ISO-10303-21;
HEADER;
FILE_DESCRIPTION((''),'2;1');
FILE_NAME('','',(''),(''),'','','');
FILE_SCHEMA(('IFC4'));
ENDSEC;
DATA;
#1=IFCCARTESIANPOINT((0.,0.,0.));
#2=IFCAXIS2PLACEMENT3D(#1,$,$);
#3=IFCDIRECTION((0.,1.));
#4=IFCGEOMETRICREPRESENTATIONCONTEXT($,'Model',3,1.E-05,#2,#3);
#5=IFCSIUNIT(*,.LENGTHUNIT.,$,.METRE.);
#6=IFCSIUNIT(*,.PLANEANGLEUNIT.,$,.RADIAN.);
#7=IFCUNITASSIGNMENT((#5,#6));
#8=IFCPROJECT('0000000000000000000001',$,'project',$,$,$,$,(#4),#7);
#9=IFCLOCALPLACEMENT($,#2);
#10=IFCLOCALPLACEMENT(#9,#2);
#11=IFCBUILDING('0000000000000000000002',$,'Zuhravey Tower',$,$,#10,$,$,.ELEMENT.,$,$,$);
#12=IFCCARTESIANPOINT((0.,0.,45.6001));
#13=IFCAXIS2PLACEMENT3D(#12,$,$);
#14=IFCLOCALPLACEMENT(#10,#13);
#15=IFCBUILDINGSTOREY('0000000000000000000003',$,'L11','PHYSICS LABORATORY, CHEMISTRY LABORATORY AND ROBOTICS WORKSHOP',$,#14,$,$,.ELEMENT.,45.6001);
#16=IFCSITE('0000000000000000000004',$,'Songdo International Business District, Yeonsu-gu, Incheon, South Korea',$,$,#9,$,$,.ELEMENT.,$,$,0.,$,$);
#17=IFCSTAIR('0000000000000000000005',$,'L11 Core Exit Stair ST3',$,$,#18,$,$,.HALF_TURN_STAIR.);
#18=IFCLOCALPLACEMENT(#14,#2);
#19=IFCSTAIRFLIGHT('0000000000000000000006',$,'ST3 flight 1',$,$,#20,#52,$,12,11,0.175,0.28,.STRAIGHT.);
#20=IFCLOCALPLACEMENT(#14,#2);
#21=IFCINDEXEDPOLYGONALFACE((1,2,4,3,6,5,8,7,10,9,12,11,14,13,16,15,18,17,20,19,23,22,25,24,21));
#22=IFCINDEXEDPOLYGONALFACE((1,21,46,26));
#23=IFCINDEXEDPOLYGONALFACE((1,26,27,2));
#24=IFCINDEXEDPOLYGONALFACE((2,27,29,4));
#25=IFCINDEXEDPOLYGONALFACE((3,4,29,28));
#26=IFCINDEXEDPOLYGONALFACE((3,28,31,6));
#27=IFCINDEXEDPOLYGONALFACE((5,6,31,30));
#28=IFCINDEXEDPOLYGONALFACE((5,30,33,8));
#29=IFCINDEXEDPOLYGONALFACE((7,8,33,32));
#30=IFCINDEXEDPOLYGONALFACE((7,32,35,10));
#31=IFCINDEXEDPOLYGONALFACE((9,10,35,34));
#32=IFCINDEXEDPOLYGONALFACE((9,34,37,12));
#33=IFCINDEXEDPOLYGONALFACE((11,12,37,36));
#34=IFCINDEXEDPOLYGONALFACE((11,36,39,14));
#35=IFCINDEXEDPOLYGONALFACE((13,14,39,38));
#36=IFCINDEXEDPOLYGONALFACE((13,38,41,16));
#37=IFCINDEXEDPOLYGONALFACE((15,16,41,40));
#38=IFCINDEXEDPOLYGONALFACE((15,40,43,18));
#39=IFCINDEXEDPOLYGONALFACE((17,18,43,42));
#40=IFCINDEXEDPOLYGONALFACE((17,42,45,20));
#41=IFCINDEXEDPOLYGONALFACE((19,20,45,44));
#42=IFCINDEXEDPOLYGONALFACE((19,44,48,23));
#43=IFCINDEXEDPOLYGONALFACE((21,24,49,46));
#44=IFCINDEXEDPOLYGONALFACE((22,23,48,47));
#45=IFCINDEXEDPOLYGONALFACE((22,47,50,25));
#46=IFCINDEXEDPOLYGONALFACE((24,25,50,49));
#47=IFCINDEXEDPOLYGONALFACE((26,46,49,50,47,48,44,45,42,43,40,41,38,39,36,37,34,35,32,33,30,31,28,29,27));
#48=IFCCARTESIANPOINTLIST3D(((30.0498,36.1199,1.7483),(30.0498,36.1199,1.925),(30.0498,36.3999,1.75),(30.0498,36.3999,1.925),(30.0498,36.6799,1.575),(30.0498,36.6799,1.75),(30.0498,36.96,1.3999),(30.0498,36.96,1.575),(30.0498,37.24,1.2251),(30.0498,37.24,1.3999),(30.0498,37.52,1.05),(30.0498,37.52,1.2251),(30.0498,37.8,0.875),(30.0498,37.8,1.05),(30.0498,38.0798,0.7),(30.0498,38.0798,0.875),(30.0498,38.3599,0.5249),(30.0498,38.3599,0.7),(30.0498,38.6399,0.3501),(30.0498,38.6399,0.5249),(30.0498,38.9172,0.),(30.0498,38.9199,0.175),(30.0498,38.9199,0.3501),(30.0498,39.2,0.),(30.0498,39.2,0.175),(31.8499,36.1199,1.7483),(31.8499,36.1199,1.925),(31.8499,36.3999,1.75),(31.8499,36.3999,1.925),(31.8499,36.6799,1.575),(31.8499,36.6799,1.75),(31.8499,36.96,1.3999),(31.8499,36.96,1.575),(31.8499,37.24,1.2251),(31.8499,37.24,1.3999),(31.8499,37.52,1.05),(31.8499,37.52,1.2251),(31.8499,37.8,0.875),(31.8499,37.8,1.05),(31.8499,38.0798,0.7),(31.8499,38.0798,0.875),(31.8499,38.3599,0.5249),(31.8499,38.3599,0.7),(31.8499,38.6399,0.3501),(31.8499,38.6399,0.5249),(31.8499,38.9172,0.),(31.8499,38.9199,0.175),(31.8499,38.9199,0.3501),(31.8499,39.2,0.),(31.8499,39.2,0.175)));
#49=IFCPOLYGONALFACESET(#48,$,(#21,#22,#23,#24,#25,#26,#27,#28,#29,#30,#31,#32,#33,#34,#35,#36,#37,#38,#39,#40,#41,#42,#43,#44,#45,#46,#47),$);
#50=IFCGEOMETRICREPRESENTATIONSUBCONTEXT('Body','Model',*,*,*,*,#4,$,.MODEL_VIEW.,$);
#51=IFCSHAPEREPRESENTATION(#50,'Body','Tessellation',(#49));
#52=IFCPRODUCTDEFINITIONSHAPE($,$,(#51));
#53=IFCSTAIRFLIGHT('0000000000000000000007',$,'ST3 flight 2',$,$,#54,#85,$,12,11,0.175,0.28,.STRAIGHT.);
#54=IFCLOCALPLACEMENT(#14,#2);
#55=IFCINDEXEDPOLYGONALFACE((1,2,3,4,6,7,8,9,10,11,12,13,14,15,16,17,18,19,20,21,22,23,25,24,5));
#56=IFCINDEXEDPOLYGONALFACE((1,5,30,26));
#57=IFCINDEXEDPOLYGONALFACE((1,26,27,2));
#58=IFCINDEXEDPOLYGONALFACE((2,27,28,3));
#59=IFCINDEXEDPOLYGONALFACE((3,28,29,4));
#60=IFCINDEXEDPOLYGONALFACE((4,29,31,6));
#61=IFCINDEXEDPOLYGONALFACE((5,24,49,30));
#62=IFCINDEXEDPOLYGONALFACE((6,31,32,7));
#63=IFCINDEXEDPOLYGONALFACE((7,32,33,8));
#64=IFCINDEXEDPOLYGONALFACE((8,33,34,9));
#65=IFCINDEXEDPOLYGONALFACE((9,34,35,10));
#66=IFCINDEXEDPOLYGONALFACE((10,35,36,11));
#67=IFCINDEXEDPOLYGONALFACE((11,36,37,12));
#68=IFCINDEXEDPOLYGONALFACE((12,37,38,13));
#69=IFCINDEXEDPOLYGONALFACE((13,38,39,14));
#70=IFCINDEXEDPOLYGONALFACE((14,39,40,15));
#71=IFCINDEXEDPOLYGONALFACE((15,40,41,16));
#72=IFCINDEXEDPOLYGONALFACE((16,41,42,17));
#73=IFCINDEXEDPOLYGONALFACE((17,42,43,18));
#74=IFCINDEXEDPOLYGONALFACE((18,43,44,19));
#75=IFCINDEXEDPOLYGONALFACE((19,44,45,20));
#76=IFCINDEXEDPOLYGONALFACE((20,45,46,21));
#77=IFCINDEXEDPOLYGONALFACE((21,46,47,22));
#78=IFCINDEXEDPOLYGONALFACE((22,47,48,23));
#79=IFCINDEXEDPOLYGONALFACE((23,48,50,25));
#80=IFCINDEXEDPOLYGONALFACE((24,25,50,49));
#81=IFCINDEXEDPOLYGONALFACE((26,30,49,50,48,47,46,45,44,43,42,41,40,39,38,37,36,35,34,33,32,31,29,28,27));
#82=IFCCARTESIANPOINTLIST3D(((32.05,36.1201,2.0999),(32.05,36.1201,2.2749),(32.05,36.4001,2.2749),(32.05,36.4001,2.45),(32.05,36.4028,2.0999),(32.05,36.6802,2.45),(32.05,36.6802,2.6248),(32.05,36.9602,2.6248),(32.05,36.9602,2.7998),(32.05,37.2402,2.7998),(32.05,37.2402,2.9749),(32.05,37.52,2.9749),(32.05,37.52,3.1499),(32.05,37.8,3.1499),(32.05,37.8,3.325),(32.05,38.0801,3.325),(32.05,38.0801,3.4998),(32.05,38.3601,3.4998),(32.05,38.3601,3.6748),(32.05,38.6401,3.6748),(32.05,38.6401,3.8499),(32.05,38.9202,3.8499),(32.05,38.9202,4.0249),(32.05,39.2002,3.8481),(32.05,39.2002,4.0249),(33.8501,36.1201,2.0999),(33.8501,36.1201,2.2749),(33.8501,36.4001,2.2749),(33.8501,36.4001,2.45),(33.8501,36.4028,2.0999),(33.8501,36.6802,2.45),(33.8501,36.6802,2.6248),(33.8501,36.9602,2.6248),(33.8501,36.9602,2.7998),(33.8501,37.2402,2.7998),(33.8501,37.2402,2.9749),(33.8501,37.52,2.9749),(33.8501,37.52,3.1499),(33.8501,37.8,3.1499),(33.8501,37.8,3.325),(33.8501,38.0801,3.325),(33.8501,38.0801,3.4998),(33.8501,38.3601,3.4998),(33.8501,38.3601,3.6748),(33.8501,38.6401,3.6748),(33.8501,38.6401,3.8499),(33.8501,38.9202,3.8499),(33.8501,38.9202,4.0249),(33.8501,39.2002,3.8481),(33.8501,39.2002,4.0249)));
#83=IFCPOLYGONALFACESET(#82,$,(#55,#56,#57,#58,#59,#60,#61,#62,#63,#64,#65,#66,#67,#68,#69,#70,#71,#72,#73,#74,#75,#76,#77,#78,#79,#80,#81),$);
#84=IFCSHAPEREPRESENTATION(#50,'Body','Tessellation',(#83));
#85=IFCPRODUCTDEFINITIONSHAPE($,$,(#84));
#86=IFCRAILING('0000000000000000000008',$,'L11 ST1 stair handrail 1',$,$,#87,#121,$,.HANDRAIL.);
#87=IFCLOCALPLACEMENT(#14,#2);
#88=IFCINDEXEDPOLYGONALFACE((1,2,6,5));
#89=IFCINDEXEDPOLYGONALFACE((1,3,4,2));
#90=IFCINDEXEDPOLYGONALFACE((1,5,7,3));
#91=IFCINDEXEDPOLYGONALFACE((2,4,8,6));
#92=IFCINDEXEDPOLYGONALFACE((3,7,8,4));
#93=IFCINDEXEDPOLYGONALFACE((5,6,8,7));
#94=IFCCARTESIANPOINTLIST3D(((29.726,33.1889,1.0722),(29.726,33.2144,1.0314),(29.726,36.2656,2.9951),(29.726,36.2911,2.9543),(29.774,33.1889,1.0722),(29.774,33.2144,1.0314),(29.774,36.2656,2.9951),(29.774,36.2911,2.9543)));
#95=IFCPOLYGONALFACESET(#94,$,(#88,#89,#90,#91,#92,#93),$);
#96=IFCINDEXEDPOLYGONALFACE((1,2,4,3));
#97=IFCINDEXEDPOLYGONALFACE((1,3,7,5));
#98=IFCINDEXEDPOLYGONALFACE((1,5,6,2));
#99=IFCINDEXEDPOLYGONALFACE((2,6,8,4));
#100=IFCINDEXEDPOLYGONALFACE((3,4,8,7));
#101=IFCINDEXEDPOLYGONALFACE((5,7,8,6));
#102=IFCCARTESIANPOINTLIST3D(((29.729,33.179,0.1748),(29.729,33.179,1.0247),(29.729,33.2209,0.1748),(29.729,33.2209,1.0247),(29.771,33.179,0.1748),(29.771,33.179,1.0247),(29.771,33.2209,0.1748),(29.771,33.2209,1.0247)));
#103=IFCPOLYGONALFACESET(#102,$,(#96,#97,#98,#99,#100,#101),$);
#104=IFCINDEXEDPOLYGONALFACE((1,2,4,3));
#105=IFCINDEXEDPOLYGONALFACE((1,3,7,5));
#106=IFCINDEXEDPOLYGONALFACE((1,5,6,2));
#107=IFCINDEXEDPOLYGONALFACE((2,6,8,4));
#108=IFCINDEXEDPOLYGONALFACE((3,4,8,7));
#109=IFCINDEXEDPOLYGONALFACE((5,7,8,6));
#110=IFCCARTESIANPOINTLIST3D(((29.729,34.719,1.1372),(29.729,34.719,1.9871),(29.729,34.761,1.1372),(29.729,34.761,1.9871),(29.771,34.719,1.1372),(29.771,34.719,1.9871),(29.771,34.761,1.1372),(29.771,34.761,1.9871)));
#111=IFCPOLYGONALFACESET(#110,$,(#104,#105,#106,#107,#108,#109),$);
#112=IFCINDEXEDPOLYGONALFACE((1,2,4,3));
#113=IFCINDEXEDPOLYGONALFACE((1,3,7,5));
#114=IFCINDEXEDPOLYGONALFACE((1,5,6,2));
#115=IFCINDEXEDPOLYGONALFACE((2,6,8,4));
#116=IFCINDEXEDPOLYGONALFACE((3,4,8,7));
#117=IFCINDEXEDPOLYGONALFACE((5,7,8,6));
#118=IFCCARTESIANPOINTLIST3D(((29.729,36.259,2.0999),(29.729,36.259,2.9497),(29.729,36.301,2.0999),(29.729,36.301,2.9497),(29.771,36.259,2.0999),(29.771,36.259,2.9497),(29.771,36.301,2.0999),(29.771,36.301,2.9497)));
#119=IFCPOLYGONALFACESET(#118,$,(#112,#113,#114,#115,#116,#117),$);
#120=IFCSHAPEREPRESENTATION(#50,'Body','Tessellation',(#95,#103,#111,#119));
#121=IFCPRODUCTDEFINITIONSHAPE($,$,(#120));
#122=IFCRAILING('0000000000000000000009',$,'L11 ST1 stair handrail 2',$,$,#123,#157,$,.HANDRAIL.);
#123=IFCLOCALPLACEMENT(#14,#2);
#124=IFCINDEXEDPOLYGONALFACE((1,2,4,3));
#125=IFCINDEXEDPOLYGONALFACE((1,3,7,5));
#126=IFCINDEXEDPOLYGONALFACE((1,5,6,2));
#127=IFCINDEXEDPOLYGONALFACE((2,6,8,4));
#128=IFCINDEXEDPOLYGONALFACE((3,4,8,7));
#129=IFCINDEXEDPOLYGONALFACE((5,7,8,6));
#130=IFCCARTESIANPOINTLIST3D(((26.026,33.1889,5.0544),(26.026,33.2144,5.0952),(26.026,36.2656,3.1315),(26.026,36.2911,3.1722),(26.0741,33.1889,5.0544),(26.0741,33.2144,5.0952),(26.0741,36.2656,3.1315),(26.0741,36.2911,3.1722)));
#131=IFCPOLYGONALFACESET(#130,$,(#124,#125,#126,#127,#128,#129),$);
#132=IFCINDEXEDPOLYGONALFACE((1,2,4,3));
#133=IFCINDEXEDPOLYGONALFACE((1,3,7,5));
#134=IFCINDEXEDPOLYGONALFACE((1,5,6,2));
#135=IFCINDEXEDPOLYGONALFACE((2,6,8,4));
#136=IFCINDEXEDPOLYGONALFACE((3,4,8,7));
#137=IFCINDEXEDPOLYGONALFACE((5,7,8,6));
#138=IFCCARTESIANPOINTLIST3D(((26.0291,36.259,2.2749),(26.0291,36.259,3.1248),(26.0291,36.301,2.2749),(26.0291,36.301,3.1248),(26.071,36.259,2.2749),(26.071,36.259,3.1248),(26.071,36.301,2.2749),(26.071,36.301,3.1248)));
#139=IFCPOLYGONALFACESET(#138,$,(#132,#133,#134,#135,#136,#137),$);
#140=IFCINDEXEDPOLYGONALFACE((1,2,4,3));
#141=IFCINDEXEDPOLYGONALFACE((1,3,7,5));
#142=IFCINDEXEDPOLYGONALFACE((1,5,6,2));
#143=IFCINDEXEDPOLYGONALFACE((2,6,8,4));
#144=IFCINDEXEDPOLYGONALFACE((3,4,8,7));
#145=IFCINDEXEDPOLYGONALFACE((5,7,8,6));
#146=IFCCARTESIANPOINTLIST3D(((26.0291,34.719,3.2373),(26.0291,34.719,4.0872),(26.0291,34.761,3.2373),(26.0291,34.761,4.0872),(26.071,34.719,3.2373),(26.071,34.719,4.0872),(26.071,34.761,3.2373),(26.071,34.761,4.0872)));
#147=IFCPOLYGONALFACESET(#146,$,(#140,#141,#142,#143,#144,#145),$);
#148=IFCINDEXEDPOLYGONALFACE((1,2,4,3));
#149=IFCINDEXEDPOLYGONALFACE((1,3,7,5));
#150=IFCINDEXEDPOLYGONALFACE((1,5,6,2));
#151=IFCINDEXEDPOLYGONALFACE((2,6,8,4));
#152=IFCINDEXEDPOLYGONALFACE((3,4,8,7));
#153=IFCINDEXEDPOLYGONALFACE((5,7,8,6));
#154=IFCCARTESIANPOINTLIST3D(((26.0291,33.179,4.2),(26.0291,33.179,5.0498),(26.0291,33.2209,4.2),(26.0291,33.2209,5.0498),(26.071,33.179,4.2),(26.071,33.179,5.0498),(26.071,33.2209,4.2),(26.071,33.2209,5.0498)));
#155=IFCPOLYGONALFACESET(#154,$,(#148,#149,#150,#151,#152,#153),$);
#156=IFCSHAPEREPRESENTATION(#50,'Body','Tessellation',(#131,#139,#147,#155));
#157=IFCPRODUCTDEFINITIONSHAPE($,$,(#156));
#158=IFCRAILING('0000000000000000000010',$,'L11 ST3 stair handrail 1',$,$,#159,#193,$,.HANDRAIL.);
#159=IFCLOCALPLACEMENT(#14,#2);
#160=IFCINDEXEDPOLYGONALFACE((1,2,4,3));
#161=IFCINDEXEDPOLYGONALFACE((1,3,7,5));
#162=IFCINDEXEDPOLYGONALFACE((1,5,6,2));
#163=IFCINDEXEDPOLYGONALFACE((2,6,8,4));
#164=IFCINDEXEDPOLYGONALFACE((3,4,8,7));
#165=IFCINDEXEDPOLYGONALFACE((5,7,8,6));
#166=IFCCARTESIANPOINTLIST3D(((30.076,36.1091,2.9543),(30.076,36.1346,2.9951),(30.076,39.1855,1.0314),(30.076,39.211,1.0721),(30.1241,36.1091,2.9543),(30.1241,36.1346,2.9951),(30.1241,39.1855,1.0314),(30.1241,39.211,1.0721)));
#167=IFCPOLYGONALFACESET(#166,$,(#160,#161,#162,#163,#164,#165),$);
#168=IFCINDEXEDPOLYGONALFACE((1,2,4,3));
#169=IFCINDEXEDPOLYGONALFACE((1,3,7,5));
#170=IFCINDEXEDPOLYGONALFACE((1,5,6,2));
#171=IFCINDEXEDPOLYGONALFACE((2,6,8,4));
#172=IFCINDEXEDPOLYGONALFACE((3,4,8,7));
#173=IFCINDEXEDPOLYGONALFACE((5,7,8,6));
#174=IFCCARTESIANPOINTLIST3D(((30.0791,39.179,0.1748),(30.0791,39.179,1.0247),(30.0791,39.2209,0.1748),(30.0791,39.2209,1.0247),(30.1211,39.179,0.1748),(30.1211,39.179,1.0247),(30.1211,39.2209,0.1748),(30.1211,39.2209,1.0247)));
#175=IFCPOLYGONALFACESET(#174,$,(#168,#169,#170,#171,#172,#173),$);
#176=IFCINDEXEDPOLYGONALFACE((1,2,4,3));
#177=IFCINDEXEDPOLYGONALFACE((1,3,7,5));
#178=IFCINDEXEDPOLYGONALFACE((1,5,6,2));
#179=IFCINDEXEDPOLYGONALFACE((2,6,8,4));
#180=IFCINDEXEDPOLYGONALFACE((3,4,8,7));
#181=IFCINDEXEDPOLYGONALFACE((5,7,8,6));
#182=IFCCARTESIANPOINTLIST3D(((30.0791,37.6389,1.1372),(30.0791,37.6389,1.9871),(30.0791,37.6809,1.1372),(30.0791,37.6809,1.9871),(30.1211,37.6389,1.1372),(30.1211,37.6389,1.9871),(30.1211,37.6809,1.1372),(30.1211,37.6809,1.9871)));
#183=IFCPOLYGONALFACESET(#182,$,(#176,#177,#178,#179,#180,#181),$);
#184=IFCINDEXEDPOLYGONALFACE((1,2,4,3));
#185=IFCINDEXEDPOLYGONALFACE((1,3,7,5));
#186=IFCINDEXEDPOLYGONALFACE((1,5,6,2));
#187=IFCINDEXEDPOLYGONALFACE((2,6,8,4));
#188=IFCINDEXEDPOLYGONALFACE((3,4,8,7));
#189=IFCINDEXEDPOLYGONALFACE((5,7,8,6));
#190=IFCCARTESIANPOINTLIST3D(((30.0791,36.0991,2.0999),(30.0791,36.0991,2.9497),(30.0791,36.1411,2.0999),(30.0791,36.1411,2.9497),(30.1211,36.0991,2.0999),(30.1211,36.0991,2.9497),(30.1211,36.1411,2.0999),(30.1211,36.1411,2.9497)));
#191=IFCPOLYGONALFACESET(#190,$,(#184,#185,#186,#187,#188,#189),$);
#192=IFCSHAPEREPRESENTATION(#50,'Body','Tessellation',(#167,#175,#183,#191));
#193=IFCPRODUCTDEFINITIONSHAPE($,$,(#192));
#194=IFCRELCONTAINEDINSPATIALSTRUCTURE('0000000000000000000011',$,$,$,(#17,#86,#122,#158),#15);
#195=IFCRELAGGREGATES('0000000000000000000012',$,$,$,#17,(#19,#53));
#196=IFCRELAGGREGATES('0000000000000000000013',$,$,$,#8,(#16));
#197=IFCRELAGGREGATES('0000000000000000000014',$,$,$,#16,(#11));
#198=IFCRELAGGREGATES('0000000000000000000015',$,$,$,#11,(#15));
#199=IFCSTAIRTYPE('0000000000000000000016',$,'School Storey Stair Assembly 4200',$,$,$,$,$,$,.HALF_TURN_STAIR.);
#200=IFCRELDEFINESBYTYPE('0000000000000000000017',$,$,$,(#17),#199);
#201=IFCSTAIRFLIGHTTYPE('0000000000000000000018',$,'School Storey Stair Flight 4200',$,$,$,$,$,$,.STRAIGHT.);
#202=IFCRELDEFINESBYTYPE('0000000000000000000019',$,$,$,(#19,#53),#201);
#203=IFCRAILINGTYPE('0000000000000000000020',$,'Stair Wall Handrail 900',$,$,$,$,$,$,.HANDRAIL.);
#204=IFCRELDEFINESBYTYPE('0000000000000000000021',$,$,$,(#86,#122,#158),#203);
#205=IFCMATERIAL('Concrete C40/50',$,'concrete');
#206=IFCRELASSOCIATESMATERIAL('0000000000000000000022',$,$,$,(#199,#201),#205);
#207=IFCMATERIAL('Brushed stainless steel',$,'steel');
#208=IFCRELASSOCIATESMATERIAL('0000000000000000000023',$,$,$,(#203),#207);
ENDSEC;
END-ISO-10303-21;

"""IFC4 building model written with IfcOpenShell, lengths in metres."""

from ifc_helpers import new_model, si_unit, direction, frame, origin, origin_2d, place, context, subcontext, project, spatial, polyline, rectangle, outline, extrude, material, type_object, element, aggregate, save


model = new_model("IFC4")

# Units and contexts
model_context = context("Model", 3, precision=1e-05, world=origin(), true_north=direction((0.0, 1.0)))
body_context = subcontext(model_context, "Body", "Model", "MODEL_VIEW")
ifc_project = project(units=[si_unit("LENGTHUNIT", "METRE"), si_unit("PLANEANGLEUNIT", "RADIAN")], contexts=[model_context])

# Site, building, storey
site_placement = place(None, origin())
site = spatial("IfcSite", under=ifc_project, at=site_placement, Name="Songdo International Business District, Yeonsu-gu, Incheon, South Korea", CompositionType="ELEMENT", RefElevation=0.0)
building_placement = place(site_placement, origin())
building = spatial("IfcBuilding", under=site, at=building_placement, Name="Zuhravey Tower", CompositionType="ELEMENT")
storey_placement = place(building_placement, frame((0.0, 0.0, 45.6001)))
storey = spatial("IfcBuildingStorey", under=building, at=storey_placement, Name="L11", Description="PHYSICS LABORATORY, CHEMISTRY LABORATORY AND ROBOTICS WORKSHOP", CompositionType="ELEMENT", Elevation=45.6001)

# Stair, stair flights
ifc_material_1 = material(Name="Concrete C40/50", Category="concrete")
stair_type = type_object("IfcStairType", Name="School Storey Stair Assembly 4200", PredefinedType="HALF_TURN_STAIR", material=ifc_material_1)
stair_flight_type = type_object("IfcStairFlightType", Name="School Storey Stair Flight 4200", PredefinedType="STRAIGHT", material=ifc_material_1)
stair_1_placement = place(storey_placement, origin())
stair_1 = element("IfcStair", 1, at=stair_1_placement, inside=storey, type_object=stair_type, Name="L11 Core Exit Stair ST3", PredefinedType="HALF_TURN_STAIR")
stair_flight_1_placement = place(storey_placement, frame((30.95, 39.2, 0.0), z_axis=(0.0, 0.0, 1.0), x_axis=(0.0, -1.0, 0.0)))
stair_flight_1 = element("IfcStairFlight", 2, at=stair_flight_1_placement, type_object=stair_flight_type, Name="ST3 flight 1", NumberOfRisers=12, NumberOfTreads=11, PredefinedType="STRAIGHT", RiserHeight=0.175, TreadLength=0.28, context=body_context, shape_type="SweptSolid", body=[
    extrude(outline(polyline([(0.0, 0.0), (0.0, 0.175), (0.28, 0.175), (0.28, 0.3501), (0.5601, 0.3501), (0.5601, 0.5249), (0.8401, 0.5249), (0.8401, 0.7), (1.1201, 0.7), (1.1201, 0.875), (1.3999, 0.875), (1.3999, 1.05), (1.6799, 1.05), (1.6799, 1.2251), (1.96, 1.2251), (1.96, 1.3999), (2.24, 1.3999), (2.24, 1.575), (2.52, 1.575), (2.52, 1.75), (2.8, 1.75), (2.8, 1.925), (3.0801, 1.925), (3.0801, 2.1001), (3.0801, 1.7483), (0.2827, 0.0), (0.0, 0.0)])), frame((0.0, 0.8999, 0.0), z_axis=(0.0, -1.0, 0.0), x_axis=(1.0, 0.0, 0.0)), (0.0, 0.0, 1.0), 1.8),
])
stair_flight_2_placement = place(storey_placement, frame((32.95, 36.1201, 2.0999), z_axis=(0.0, 0.0, 1.0), x_axis=(0.0, 1.0, 0.0)))
stair_flight_2 = element("IfcStairFlight", 3, at=stair_flight_2_placement, type_object=stair_flight_type, Name="ST3 flight 2", NumberOfRisers=12, NumberOfTreads=11, PredefinedType="STRAIGHT", RiserHeight=0.175, TreadLength=0.28, context=body_context, shape_type="SweptSolid", body=[
    extrude(outline(polyline([(0.0, 0.0), (0.0, 0.175), (0.28, 0.175), (0.28, 0.3501), (0.5601, 0.3501), (0.5601, 0.5249), (0.8401, 0.5249), (0.8401, 0.7), (1.1201, 0.7), (1.1201, 0.875), (1.3999, 0.875), (1.3999, 1.05), (1.6799, 1.05), (1.6799, 1.2251), (1.96, 1.2251), (1.96, 1.3999), (2.24, 1.3999), (2.24, 1.575), (2.52, 1.575), (2.52, 1.75), (2.8, 1.75), (2.8, 1.925), (3.0801, 1.925), (3.0801, 2.1001), (3.0801, 1.7483), (0.2827, 0.0), (0.0, 0.0)])), frame((0.0, 0.8999, 0.0), z_axis=(0.0, -1.0, 0.0), x_axis=(1.0, 0.0, 0.0)), (0.0, 0.0, 1.0), 1.8),
])
aggregate(stair_1, [stair_flight_1, stair_flight_2])

# Railings
ifc_material_2 = material(Name="Brushed stainless steel", Category="steel")
railing_type_1 = type_object("IfcRailingType", Name="Stair Wall Handrail 900", PredefinedType="HANDRAIL", material=ifc_material_2)
railing_1_placement = place(storey_placement, frame((29.75, 33.2, 0.1748)))
element("IfcRailing", 4, at=railing_1_placement, inside=storey, type_object=railing_type_1, Name="L11 ST1 stair handrail 1", PredefinedType="HANDRAIL", context=body_context, shape_type="SweptSolid", body=[
    extrude(rectangle(XDim=0.0481, YDim=0.0481, at=origin_2d()), frame((0.0, 0.0017, 0.877), z_axis=(0.0, 0.847998, 0.529999), x_axis=(-1.0, 0.0, 0.0)), (0.0, 0.0, 1.0), 3.6282),
    extrude(rectangle(XDim=0.042, YDim=0.042, at=origin_2d()), origin(), (0.0, 0.0, 1.0), 0.8499),
    extrude(rectangle(XDim=0.042, YDim=0.042, at=origin_2d()), frame((0.0, 1.54, 0.9624)), (0.0, 0.0, 1.0), 0.8499),
    extrude(rectangle(XDim=0.042, YDim=0.042, at=origin_2d()), frame((0.0, 3.0801, 1.925)), (0.0, 0.0, 1.0), 0.8499),
])
railing_2_placement = place(storey_placement, frame((26.05, 36.28, 2.2749)))
element("IfcRailing", 5, at=railing_2_placement, inside=storey, type_object=railing_type_1, Name="L11 ST1 stair handrail 2", PredefinedType="HANDRAIL", context=body_context, shape_type="SweptSolid", body=[
    extrude(rectangle(XDim=0.0481, YDim=0.0481, at=origin_2d()), frame((0.0, -0.0017, 0.877), z_axis=(0.0, -0.847998, 0.529999), x_axis=(1.0, 0.0, 0.0)), (0.0, 0.0, 1.0), 3.6282),
    extrude(rectangle(XDim=0.042, YDim=0.042, at=origin_2d()), origin(), (0.0, 0.0, 1.0), 0.8499),
    extrude(rectangle(XDim=0.042, YDim=0.042, at=origin_2d()), frame((0.0, -1.54, 0.9624)), (0.0, 0.0, 1.0), 0.8499),
    extrude(rectangle(XDim=0.042, YDim=0.042, at=origin_2d()), frame((0.0, -3.0801, 1.925)), (0.0, 0.0, 1.0), 0.8499),
])
railing_3_placement = place(storey_placement, frame((30.1001, 39.2, 0.1748)))
element("IfcRailing", 6, at=railing_3_placement, inside=storey, type_object=railing_type_1, Name="L11 ST3 stair handrail 1", PredefinedType="HANDRAIL", context=body_context, shape_type="SweptSolid", body=[
    extrude(rectangle(XDim=0.0481, YDim=0.0481, at=origin_2d()), frame((0.0, -0.0017, 0.877), z_axis=(0.0, -0.847979, 0.530029), x_axis=(1.0, 0.0, 0.0)), (0.0, 0.0, 1.0), 3.6279),
    extrude(rectangle(XDim=0.042, YDim=0.042, at=origin_2d()), origin(), (0.0, 0.0, 1.0), 0.8499),
    extrude(rectangle(XDim=0.042, YDim=0.042, at=origin_2d()), frame((0.0, -1.54, 0.9624)), (0.0, 0.0, 1.0), 0.8499),
    extrude(rectangle(XDim=0.042, YDim=0.042, at=origin_2d()), frame((0.0, -3.0798, 1.925)), (0.0, 0.0, 1.0), 0.8499),
])

save(model, "model.ifc")
